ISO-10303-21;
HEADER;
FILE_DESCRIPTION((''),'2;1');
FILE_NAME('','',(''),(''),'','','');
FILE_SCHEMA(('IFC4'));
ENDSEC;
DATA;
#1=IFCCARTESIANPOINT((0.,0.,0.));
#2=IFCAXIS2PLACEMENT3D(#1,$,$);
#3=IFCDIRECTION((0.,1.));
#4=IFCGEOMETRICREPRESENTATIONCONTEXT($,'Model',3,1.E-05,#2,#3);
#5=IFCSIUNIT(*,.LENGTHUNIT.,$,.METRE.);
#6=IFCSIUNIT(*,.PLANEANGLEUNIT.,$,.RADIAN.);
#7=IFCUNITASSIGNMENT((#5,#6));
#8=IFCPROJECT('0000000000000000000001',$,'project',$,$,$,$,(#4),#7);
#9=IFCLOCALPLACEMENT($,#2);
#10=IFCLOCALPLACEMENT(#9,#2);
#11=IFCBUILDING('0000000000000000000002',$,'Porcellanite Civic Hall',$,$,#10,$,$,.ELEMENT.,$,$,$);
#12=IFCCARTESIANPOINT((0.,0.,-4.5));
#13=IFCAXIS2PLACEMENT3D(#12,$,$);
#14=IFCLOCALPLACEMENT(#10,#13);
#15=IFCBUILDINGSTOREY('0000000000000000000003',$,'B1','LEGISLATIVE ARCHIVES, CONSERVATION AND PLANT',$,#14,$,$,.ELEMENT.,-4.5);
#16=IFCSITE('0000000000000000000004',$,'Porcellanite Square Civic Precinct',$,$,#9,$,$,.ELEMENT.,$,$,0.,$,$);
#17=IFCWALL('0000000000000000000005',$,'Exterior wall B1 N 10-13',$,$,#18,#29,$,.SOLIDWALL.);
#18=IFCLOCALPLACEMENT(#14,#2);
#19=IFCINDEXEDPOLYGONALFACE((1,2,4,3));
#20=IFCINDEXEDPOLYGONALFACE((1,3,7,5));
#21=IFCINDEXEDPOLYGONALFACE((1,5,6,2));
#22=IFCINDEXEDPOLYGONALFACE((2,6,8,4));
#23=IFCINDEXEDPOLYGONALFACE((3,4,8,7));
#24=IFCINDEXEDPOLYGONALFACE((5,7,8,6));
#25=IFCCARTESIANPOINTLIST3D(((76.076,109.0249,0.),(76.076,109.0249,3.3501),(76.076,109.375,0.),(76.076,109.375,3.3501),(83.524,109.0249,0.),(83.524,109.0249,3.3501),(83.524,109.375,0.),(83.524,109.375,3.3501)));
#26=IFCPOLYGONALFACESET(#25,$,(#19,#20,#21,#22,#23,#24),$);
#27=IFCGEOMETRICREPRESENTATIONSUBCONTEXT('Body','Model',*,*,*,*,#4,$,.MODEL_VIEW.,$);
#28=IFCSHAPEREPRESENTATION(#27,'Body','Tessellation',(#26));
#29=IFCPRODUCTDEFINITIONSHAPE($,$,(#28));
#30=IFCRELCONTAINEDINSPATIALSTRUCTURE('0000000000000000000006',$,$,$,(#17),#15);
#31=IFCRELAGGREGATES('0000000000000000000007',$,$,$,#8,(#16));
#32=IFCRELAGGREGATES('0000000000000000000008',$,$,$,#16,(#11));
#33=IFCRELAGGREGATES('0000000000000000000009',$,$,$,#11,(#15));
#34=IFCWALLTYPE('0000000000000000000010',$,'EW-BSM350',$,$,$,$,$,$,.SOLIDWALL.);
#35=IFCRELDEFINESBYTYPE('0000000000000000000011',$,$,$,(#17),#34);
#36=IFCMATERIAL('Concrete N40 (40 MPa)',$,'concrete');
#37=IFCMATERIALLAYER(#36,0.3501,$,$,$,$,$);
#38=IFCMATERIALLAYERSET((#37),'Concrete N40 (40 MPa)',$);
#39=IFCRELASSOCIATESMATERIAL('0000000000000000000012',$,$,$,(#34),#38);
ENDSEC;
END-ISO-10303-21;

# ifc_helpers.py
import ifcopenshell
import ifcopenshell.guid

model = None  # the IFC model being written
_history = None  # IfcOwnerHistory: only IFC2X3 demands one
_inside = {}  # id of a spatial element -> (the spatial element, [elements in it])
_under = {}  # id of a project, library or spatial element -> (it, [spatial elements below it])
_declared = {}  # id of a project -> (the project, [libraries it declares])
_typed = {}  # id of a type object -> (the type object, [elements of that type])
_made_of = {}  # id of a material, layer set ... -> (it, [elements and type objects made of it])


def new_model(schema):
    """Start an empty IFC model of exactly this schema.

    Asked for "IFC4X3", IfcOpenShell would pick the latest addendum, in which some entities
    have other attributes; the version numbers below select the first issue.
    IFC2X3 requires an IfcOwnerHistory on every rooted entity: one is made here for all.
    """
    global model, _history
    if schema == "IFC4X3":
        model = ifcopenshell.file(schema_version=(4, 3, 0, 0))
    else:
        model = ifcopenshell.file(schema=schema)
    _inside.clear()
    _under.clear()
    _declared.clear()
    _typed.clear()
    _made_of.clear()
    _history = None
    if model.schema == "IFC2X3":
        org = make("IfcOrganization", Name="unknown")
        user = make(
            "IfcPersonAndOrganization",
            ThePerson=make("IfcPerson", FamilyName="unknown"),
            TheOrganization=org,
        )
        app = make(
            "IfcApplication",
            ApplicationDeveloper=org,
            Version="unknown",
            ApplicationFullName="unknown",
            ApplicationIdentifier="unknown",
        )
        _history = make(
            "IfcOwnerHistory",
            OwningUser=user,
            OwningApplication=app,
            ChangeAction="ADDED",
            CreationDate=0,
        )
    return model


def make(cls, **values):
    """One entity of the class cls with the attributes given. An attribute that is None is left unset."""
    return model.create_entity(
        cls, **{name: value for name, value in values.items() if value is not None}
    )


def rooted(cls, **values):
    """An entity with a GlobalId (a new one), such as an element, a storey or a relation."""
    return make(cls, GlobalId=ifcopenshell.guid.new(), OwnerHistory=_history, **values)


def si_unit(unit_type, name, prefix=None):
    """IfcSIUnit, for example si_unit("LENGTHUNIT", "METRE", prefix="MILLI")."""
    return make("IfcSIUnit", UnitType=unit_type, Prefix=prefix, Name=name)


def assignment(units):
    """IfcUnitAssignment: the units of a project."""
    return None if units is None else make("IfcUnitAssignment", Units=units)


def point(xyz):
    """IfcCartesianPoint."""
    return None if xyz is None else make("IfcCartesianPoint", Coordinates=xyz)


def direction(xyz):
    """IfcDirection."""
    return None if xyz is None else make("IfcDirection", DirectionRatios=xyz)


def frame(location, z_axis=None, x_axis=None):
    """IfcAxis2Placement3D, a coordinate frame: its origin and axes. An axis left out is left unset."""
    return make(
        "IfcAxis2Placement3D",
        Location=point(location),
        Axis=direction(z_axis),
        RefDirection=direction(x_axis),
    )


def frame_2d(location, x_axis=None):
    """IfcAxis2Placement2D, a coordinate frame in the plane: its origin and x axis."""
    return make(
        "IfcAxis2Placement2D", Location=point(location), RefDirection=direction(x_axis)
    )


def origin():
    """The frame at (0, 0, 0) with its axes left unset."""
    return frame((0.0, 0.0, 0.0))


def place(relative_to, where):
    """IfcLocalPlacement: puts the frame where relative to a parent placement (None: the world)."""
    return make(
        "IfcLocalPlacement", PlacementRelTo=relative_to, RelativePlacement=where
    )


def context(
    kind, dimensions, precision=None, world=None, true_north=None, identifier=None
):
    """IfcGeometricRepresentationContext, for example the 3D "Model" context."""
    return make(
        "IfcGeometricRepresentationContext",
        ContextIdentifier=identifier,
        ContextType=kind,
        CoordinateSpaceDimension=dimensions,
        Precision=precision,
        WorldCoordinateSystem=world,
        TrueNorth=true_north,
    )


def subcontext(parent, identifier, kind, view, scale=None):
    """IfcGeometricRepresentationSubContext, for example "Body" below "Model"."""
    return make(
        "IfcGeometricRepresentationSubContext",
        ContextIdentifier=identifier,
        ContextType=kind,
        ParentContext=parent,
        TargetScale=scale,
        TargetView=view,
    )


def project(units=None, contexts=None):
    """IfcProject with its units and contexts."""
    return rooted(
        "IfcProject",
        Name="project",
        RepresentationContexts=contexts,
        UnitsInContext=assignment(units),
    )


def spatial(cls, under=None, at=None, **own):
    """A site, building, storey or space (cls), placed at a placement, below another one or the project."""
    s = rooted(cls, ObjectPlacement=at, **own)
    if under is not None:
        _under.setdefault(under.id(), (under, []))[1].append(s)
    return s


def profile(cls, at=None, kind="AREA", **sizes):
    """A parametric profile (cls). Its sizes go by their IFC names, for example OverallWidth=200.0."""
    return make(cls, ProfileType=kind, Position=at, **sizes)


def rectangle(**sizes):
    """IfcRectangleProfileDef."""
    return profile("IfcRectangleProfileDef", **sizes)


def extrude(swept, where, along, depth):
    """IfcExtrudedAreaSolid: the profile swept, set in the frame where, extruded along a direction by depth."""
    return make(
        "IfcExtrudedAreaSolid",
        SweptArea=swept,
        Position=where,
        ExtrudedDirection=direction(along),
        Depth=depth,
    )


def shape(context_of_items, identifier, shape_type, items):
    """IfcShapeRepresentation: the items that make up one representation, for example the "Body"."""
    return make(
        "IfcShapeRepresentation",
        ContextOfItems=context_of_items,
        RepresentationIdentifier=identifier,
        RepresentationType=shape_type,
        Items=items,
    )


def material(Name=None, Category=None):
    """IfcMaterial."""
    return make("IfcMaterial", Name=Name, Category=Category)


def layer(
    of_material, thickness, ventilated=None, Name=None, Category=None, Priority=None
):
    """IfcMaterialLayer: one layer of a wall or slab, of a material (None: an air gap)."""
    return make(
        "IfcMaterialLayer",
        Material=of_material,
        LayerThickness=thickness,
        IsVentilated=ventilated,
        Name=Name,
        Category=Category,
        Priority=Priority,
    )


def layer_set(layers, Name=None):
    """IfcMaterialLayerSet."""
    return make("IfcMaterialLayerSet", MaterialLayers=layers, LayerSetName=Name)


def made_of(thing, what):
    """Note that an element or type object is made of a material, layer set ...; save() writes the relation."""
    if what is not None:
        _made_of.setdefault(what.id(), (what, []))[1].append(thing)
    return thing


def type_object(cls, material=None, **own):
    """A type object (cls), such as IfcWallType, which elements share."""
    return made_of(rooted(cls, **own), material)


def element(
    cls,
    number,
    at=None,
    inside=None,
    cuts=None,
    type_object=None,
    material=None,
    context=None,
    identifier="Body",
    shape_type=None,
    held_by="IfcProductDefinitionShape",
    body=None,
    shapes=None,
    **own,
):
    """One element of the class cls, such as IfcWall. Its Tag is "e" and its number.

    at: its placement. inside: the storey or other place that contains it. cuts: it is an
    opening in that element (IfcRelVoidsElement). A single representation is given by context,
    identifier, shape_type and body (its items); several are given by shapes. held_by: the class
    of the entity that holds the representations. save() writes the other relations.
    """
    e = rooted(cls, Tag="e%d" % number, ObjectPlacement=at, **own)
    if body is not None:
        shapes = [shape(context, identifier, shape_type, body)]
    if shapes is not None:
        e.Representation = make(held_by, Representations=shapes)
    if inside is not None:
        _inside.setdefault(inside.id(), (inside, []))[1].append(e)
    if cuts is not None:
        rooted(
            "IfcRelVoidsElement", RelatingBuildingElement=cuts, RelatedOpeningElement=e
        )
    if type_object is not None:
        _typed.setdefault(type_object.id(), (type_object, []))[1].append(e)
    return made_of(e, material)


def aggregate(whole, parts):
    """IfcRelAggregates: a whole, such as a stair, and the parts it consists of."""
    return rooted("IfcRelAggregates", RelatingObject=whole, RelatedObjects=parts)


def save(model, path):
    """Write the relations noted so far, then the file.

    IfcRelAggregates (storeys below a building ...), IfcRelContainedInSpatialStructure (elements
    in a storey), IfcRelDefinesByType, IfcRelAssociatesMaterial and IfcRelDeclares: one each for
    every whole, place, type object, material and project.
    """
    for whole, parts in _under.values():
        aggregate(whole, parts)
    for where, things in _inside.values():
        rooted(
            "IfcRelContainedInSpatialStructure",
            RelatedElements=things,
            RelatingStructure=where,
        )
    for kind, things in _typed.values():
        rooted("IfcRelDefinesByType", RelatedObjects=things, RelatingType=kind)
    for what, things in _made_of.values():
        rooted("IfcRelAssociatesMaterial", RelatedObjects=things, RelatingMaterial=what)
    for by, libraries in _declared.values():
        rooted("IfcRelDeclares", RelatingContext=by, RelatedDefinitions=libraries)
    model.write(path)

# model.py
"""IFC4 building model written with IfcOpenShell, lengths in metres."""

from ifc_helpers import new_model, si_unit, direction, frame, frame_2d, origin, place, context, subcontext, project, spatial, rectangle, extrude, material, layer, layer_set, type_object, element, save


model = new_model("IFC4")

# Units and contexts
model_context = context("Model", 3, precision=1e-05, world=origin(), true_north=direction((0.0, 1.0)))
body_context = subcontext(model_context, "Body", "Model", "MODEL_VIEW")
ifc_project = project(units=[si_unit("LENGTHUNIT", "METRE"), si_unit("PLANEANGLEUNIT", "RADIAN")], contexts=[model_context])

# Site, building, storey
site_placement = place(None, origin())
site = spatial("IfcSite", under=ifc_project, at=site_placement, Name="Porcellanite Square Civic Precinct", CompositionType="ELEMENT", RefElevation=0.0)
building_placement = place(site_placement, origin())
building = spatial("IfcBuilding", under=site, at=building_placement, Name="Porcellanite Civic Hall", CompositionType="ELEMENT")
storey_placement = place(building_placement, frame((0.0, 0.0, -4.5)))
storey = spatial("IfcBuildingStorey", under=building, at=storey_placement, Name="B1", Description="LEGISLATIVE ARCHIVES, CONSERVATION AND PLANT", CompositionType="ELEMENT", Elevation=-4.5)

# Wall
ifc_material_1 = material(Name="Concrete N40 (40 MPa)", Category="concrete")
ifc_layer_1 = layer(ifc_material_1, 0.3501)
ifc_layer_set_1 = layer_set([ifc_layer_1], Name="Concrete N40 (40 MPa)")
wall_type_1 = type_object("IfcWallType", Name="EW-BSM350", PredefinedType="SOLIDWALL", material=ifc_layer_set_1)
wall_1_placement = place(storey_placement, frame((76.0759, 109.2, 0.0), z_axis=(0.0, 0.0, 1.0), x_axis=(1.0, 0.0, 0.0)))
element("IfcWall", 1, at=wall_1_placement, inside=storey, type_object=wall_type_1, Name="Exterior wall B1 N 10-13", PredefinedType="SOLIDWALL", context=body_context, shape_type="SweptSolid", body=[
    extrude(rectangle(XDim=7.448, YDim=0.3501, at=frame_2d((3.7241, 0.0))), origin(), (0.0, 0.0, 1.0), 3.3501),
])

save(model, "model.ifc")
